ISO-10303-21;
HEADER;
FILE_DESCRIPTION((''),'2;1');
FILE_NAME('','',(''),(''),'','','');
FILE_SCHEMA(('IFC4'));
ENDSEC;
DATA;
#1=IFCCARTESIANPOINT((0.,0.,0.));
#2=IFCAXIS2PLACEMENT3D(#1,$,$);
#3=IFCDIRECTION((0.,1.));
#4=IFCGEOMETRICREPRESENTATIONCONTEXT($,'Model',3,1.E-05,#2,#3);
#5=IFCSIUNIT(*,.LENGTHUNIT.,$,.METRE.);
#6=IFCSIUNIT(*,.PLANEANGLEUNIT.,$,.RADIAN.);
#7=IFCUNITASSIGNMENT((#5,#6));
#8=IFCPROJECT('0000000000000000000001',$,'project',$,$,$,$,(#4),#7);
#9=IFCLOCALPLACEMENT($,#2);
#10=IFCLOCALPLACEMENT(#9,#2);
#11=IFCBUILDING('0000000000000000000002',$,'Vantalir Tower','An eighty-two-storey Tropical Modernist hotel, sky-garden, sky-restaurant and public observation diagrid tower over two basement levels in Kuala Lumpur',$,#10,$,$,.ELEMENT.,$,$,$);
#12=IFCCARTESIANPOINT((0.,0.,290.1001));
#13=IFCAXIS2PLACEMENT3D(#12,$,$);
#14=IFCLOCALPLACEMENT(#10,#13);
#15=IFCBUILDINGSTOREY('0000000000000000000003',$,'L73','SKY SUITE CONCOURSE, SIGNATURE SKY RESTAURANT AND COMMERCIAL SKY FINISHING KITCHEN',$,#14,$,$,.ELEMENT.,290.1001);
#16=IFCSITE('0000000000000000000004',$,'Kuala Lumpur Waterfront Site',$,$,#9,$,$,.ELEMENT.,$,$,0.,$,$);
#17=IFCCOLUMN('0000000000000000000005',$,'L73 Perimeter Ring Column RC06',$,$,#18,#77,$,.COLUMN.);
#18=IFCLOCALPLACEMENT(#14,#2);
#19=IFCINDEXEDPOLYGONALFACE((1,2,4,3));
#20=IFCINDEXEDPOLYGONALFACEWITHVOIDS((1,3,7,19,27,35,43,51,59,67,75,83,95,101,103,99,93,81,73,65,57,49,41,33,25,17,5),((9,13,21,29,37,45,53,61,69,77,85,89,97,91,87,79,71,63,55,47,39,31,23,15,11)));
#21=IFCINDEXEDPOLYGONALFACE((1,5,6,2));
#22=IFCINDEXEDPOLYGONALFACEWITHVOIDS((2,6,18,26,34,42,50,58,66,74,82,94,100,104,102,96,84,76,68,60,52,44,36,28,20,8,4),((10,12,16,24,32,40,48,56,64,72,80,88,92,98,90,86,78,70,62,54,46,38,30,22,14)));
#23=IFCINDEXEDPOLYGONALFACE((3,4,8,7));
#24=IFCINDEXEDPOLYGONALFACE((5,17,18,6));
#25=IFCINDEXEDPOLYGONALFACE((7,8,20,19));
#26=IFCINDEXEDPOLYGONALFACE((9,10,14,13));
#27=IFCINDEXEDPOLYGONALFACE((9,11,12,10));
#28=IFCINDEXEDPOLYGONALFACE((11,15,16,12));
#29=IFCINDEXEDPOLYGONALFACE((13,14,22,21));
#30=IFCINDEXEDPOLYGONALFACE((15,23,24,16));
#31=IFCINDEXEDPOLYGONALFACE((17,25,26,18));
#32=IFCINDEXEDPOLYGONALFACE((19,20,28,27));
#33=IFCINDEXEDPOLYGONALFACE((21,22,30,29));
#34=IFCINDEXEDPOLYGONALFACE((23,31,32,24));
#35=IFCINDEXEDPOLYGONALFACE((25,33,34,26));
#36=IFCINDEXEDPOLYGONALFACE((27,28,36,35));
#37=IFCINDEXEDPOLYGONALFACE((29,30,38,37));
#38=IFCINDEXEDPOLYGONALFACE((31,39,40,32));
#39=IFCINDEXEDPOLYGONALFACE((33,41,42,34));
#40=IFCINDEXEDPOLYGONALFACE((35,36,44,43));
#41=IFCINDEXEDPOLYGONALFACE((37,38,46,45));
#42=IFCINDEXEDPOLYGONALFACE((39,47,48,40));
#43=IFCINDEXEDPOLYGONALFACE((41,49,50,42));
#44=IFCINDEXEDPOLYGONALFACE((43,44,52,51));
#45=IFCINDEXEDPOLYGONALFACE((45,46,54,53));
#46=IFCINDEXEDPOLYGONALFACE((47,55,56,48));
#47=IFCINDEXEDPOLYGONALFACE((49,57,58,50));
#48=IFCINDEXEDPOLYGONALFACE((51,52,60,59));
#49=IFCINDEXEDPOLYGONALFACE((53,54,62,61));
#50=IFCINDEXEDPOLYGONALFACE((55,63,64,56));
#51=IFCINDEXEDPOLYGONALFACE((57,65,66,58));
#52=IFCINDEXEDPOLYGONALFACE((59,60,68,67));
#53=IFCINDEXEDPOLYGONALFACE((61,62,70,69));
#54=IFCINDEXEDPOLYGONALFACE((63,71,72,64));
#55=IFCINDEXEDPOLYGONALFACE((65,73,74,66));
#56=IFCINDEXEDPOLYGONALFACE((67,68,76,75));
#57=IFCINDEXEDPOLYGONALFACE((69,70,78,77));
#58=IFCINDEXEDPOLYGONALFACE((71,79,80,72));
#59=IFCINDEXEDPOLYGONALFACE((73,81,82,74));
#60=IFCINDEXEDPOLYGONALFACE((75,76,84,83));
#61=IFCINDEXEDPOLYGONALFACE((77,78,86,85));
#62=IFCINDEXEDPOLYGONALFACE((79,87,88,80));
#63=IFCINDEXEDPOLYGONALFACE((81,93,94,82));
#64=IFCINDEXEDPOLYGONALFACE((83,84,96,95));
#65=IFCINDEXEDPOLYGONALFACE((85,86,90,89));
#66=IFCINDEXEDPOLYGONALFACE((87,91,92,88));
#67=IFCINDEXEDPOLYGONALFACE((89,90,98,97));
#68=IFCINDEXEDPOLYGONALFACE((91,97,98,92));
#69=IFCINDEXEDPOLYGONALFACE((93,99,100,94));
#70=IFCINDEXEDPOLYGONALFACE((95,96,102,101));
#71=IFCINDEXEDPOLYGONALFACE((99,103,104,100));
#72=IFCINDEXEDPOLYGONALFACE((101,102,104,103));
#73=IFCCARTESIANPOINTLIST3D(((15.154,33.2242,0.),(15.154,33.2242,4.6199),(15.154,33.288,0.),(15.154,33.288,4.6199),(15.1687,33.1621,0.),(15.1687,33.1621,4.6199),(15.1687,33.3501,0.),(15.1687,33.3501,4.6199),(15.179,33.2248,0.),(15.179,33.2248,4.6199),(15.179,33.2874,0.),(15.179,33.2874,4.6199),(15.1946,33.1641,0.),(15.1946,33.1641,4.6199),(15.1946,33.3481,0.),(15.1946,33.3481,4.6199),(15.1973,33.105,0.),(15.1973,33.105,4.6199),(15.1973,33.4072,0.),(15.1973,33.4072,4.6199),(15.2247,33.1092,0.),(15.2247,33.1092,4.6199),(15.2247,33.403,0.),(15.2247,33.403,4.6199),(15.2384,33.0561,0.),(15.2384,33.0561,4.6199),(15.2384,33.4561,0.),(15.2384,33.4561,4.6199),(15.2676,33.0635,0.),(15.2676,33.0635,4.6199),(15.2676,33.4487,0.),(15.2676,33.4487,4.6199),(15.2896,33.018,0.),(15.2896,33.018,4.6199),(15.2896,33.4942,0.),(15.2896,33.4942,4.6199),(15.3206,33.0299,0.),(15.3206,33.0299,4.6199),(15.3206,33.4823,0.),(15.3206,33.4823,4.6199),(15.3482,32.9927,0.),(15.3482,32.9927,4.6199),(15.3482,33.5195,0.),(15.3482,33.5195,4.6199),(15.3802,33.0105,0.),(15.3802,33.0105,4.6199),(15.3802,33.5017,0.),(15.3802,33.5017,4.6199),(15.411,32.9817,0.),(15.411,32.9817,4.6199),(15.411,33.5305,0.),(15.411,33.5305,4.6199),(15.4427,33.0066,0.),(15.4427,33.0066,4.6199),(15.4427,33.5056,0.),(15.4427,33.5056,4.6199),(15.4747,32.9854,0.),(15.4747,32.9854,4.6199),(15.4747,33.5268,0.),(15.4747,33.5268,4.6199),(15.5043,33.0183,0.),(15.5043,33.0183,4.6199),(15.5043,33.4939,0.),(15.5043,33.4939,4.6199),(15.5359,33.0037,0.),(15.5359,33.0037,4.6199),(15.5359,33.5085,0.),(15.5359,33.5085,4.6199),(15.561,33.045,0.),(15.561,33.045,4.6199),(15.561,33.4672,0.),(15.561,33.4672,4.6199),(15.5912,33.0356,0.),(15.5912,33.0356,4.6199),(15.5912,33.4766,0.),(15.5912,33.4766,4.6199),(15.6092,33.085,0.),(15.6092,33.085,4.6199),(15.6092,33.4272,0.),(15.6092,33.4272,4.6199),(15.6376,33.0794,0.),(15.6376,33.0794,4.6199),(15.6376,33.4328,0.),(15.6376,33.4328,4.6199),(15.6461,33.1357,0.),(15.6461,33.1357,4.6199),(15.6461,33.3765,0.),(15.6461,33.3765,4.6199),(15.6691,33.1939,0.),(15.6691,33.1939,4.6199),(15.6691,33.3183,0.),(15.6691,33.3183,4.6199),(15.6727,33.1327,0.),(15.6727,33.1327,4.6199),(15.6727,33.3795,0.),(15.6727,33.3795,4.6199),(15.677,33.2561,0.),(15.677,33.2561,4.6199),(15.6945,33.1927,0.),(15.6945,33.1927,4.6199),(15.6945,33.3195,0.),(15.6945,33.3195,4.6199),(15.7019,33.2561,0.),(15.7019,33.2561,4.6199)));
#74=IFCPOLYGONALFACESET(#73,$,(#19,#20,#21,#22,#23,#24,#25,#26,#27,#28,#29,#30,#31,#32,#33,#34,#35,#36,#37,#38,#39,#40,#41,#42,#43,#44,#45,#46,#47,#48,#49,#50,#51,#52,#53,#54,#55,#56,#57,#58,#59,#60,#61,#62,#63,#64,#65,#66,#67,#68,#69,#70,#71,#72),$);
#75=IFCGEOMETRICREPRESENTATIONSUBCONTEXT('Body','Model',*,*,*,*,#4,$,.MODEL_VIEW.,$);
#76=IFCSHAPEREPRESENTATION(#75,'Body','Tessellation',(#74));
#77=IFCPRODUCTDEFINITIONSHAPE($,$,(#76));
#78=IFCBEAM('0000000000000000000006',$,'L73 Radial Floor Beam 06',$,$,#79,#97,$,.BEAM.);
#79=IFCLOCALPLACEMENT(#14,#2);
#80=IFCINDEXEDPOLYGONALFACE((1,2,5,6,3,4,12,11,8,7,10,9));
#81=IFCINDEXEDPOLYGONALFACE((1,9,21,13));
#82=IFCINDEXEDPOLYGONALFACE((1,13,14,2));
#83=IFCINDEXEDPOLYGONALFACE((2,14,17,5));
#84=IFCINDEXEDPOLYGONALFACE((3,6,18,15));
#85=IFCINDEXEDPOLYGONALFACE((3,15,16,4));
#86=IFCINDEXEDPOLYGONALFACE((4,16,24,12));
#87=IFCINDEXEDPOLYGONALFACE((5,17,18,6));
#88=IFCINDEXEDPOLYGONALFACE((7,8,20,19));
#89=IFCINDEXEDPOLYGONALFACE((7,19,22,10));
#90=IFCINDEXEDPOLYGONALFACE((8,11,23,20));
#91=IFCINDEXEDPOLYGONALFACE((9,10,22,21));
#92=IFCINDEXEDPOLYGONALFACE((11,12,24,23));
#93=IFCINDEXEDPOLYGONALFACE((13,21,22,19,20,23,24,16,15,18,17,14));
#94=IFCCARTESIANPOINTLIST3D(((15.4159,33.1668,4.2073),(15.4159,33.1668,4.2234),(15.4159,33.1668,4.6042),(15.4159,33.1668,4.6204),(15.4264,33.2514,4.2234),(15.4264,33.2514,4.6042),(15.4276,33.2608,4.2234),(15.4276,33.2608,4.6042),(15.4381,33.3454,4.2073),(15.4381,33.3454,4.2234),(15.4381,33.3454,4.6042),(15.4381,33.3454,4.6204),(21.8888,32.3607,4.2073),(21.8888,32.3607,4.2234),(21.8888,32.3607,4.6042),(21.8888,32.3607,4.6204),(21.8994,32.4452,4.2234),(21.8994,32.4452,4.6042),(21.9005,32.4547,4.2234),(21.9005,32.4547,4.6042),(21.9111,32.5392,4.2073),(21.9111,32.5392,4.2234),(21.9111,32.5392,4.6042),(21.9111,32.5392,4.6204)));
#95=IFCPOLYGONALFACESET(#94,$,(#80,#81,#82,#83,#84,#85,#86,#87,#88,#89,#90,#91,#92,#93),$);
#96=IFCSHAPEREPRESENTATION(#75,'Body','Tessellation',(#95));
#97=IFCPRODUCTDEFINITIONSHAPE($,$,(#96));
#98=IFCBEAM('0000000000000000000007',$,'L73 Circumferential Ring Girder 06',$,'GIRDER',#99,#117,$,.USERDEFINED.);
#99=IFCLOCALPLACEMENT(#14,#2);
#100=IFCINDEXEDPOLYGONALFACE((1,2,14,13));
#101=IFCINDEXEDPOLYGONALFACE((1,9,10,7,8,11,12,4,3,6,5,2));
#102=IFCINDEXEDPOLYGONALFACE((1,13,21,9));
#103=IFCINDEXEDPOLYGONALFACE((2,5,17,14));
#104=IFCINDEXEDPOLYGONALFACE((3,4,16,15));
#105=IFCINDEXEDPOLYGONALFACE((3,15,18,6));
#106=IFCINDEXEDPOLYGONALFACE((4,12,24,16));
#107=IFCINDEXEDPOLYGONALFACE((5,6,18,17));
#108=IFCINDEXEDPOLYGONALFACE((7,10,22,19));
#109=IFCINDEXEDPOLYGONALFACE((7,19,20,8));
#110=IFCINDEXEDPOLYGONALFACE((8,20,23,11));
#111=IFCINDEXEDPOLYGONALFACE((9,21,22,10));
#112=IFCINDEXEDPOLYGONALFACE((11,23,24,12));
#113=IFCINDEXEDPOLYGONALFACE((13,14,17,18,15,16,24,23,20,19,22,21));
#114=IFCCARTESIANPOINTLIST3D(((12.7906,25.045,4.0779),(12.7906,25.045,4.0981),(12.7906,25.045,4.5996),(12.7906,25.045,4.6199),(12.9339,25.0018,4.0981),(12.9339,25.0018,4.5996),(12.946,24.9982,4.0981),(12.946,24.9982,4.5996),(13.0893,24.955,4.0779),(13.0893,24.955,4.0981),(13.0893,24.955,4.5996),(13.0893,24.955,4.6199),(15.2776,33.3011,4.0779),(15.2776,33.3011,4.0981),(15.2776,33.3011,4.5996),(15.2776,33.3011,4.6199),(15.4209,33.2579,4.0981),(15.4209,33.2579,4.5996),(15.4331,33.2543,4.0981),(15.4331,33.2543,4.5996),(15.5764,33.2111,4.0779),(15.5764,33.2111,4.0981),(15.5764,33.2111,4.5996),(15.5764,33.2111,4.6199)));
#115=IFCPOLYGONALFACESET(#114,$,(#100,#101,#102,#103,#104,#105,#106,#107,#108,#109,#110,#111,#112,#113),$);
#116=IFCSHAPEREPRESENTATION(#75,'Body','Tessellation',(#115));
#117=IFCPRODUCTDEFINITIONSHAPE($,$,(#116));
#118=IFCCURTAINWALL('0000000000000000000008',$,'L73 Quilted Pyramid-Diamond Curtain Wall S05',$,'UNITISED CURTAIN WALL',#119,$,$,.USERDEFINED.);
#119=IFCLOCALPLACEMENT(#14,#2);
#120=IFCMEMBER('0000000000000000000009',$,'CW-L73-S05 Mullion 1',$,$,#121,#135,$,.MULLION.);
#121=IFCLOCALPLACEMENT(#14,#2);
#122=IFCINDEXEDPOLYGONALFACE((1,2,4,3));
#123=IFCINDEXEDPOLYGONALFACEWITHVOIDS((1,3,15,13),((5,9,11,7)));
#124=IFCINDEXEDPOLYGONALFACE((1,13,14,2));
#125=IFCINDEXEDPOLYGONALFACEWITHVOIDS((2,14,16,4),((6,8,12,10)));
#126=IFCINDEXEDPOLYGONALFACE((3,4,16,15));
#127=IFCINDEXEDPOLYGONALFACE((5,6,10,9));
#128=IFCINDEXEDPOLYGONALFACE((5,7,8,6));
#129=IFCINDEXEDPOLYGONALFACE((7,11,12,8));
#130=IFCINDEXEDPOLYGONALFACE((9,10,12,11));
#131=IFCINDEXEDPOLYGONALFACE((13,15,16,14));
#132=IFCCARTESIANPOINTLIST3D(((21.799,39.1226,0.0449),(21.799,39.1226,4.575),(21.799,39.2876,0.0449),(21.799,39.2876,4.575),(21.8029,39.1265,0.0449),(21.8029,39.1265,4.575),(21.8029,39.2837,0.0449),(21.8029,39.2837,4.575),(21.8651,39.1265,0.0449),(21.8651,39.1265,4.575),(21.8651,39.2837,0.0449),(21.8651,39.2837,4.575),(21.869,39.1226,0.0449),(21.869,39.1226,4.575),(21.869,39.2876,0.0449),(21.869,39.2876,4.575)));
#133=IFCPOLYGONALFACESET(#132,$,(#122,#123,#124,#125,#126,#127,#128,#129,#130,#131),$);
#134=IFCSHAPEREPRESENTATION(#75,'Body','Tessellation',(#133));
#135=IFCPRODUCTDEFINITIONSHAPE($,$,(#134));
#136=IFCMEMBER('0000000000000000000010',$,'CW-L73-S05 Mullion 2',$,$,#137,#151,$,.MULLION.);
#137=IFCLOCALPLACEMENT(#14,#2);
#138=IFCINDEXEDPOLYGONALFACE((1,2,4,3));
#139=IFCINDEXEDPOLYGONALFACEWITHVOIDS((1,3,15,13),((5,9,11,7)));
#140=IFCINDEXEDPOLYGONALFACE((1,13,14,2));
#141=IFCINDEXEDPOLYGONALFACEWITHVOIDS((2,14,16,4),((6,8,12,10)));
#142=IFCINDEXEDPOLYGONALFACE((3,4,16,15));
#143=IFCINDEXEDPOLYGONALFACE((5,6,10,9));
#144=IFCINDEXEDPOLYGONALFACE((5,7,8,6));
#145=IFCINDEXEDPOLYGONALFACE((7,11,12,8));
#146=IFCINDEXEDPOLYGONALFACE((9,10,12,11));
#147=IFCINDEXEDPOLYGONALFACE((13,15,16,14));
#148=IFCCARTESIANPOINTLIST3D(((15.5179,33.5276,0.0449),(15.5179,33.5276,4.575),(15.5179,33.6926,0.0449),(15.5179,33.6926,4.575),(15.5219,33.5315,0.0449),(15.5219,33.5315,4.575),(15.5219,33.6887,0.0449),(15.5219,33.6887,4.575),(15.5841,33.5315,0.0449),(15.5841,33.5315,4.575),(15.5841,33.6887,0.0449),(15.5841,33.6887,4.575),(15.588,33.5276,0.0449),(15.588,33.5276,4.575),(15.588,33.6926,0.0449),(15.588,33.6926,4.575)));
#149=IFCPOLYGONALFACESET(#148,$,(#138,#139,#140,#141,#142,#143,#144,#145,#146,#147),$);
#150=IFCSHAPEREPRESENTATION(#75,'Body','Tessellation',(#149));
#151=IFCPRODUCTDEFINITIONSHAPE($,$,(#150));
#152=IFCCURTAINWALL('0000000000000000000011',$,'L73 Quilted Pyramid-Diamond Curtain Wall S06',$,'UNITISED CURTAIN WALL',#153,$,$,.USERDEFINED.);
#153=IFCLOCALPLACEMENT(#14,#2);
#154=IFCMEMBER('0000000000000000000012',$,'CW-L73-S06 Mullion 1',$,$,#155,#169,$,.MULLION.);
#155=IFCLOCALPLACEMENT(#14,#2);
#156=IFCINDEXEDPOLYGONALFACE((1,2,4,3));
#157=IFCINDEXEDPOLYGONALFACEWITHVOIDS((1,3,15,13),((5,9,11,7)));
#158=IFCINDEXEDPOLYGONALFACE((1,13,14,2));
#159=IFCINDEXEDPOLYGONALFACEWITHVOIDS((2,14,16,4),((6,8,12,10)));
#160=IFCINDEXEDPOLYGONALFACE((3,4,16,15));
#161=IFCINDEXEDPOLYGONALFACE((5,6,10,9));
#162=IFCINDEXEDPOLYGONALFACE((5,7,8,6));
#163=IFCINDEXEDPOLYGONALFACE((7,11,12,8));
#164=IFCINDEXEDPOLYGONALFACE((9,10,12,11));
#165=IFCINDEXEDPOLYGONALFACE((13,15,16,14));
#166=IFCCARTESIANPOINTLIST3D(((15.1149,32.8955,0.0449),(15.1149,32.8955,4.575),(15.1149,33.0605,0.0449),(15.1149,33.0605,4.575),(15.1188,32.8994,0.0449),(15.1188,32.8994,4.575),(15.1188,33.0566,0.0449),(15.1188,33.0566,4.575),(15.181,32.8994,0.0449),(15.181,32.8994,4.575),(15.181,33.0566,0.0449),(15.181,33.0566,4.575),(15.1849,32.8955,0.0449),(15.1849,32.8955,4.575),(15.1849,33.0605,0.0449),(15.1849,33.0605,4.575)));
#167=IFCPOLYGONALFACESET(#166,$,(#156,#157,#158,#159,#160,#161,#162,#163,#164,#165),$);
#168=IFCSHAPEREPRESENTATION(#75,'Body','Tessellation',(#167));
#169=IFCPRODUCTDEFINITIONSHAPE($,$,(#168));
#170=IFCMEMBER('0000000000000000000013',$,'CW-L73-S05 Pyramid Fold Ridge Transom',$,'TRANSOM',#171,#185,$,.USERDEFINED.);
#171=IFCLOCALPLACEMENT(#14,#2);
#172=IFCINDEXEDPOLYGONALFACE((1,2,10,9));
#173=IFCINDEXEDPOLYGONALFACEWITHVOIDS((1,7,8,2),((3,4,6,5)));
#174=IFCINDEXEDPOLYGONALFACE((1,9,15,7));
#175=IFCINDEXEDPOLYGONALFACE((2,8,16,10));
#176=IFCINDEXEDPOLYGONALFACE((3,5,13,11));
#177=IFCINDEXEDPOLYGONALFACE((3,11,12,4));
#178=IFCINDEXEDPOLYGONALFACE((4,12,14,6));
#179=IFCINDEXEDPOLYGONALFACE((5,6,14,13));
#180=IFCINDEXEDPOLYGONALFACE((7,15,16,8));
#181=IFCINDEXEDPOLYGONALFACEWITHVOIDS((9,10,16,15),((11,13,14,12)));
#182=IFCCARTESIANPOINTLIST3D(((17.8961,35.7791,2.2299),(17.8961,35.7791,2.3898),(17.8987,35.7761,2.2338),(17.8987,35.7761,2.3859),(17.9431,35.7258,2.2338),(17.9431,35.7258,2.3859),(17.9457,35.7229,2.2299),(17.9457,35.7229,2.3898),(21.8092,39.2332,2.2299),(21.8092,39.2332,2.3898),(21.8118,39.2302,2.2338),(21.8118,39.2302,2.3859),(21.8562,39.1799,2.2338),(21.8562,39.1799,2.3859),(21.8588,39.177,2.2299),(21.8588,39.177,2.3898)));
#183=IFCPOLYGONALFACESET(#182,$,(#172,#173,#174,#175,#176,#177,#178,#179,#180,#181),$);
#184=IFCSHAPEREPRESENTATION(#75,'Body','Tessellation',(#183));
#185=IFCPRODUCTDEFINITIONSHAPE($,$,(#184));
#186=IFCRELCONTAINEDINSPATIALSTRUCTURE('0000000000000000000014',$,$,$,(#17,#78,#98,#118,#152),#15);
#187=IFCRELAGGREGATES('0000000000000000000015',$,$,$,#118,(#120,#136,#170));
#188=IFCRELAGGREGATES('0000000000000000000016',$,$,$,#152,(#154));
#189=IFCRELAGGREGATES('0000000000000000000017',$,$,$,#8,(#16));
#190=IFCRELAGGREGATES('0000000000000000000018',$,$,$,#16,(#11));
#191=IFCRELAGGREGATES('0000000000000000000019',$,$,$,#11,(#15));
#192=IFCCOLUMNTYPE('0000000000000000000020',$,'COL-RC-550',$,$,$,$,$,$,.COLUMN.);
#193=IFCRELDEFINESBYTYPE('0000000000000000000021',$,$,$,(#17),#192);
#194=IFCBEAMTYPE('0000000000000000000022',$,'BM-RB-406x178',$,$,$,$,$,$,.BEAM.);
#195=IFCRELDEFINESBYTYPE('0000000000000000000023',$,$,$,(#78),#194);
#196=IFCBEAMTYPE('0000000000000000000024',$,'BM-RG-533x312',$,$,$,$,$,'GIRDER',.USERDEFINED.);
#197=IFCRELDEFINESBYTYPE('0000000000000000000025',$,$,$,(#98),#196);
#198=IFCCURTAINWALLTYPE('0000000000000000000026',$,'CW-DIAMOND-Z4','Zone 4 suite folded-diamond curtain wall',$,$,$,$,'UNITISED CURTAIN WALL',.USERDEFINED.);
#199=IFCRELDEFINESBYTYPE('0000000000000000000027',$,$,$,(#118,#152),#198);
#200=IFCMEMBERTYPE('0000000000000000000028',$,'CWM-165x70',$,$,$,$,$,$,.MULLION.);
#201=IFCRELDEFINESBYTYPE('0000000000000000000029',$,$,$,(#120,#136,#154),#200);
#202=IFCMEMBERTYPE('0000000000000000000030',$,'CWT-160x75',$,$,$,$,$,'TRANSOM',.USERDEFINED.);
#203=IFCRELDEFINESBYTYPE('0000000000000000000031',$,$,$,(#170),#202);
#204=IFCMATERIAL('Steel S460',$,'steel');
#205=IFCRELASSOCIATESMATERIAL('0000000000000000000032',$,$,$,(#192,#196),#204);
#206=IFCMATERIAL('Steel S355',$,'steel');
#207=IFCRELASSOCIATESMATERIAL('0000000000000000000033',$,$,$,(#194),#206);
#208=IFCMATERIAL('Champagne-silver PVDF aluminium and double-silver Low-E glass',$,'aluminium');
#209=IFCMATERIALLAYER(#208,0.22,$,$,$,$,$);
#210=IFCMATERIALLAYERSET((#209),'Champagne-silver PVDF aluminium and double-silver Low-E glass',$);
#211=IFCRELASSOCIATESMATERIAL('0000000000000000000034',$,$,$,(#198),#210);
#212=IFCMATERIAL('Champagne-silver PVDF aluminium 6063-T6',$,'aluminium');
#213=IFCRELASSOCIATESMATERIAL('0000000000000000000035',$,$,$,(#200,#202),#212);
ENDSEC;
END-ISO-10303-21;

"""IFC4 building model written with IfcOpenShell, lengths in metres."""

from ifc_helpers import new_model, si_unit, direction, frame, origin, origin_2d, place, context, subcontext, project, spatial, hollow_rectangle, hollow_circle, i_section, extrude, material, layer, layer_set, material_profile, profile_set, type_object, element, aggregate, save


model = new_model("IFC4")

# Units and contexts
model_context = context("Model", 3, precision=1e-05, world=origin(), true_north=direction((0.0, 1.0)))
body_context = subcontext(model_context, "Body", "Model", "MODEL_VIEW")
ifc_project = project(units=[si_unit("LENGTHUNIT", "METRE"), si_unit("PLANEANGLEUNIT", "RADIAN")], contexts=[model_context])

# Site, building, storey
site_placement = place(None, origin())
site = spatial("IfcSite", under=ifc_project, at=site_placement, Name="Kuala Lumpur Waterfront Site", CompositionType="ELEMENT", RefElevation=0.0)
building_placement = place(site_placement, origin())
building = spatial("IfcBuilding", under=site, at=building_placement, Name="Vantalir Tower", Description="An eighty-two-storey Tropical Modernist hotel, sky-garden, sky-restaurant and public observation diagrid tower over two basement levels in Kuala Lumpur", CompositionType="ELEMENT")
storey_placement = place(building_placement, frame((0.0, 0.0, 290.1001)))
storey = spatial("IfcBuildingStorey", under=building, at=storey_placement, Name="L73", Description="SKY SUITE CONCOURSE, SIGNATURE SKY RESTAURANT AND COMMERCIAL SKY FINISHING KITCHEN", CompositionType="ELEMENT", Elevation=290.1001)

# Column
ifc_material_1 = material(Name="Steel S460", Category="steel")
ifc_material_profile_1 = material_profile(ifc_material_1, hollow_circle(Radius=0.2749, WallThickness=0.0249, at=origin_2d()), Name="Steel S460")
ifc_profile_set_1 = profile_set([ifc_material_profile_1], Name="Steel S460")
column_type = type_object("IfcColumnType", Name="COL-RC-550", PredefinedType="COLUMN", material=ifc_profile_set_1)
column_placement = place(storey_placement, frame((15.427, 33.2561, 0.0), z_axis=(0.0, 0.0, 1.0), x_axis=(1.0, 0.0, 0.0)))
element("IfcColumn", 1, at=column_placement, inside=storey, type_object=column_type, Name="L73 Perimeter Ring Column RC06", PredefinedType="COLUMN", context=body_context, shape_type="SweptSolid", body=[
    extrude(hollow_circle(Radius=0.2749, WallThickness=0.0249, at=origin_2d()), origin(), (0.0, 0.0, 1.0), 4.6199),
])

# Beams
ifc_material_2 = material(Name="Steel S355", Category="steel")
ifc_material_profile_2 = material_profile(ifc_material_2, i_section(OverallWidth=0.1799, OverallDepth=0.4131, WebThickness=0.0095, FlangeThickness=0.0161, at=origin_2d()), Name="Steel S355")
ifc_profile_set_2 = profile_set([ifc_material_profile_2], Name="Steel S355")
beam_type_1 = type_object("IfcBeamType", Name="BM-RB-406x178", PredefinedType="BEAM", material=ifc_profile_set_2)
beam_1_placement = place(storey_placement, frame((15.427, 33.2561, 4.4138), z_axis=(0.992334, -0.123588, 0.0), x_axis=(0.123588, 0.992334, 0.0)))
element("IfcBeam", 2, at=beam_1_placement, inside=storey, type_object=beam_type_1, Name="L73 Radial Floor Beam 06", PredefinedType="BEAM", context=body_context, shape_type="SweptSolid", body=[
    extrude(i_section(OverallWidth=0.1799, OverallDepth=0.4131, WebThickness=0.0095, FlangeThickness=0.0161, at=origin_2d()), origin(), (0.0, 0.0, 1.0), 6.5229),
])
ifc_material_profile_3 = material_profile(ifc_material_1, i_section(OverallWidth=0.312, OverallDepth=0.542, WebThickness=0.0127, FlangeThickness=0.0203, at=origin_2d()), Name="Steel S460")
ifc_profile_set_3 = profile_set([ifc_material_profile_3], Name="Steel S460")
beam_type_2 = type_object("IfcBeamType", Name="BM-RG-533x312", ElementType="GIRDER", PredefinedType="USERDEFINED", material=ifc_profile_set_3)
beam_2_placement = place(storey_placement, frame((15.427, 33.2561, 4.3489), z_axis=(-0.288436, -0.957499, 0.0), x_axis=(0.957499, -0.288436, 0.0)))
element("IfcBeam", 3, at=beam_2_placement, inside=storey, type_object=beam_type_2, Name="L73 Circumferential Ring Girder 06", ObjectType="GIRDER", PredefinedType="USERDEFINED", context=body_context, shape_type="SweptSolid", body=[
    extrude(i_section(OverallWidth=0.312, OverallDepth=0.542, WebThickness=0.0127, FlangeThickness=0.0203, at=origin_2d()), origin(), (0.0, 0.0, 1.0), 8.6226),
])

# Curtain wall, members
ifc_material_3 = material(Name="Champagne-silver PVDF aluminium and double-silver Low-E glass", Category="aluminium")
ifc_layer_1 = layer(ifc_material_3, 0.22)
ifc_layer_set_1 = layer_set([ifc_layer_1], Name="Champagne-silver PVDF aluminium and double-silver Low-E glass")
curtain_wall_type = type_object("IfcCurtainWallType", Name="CW-DIAMOND-Z4", Description="Zone 4 suite folded-diamond curtain wall", ElementType="UNITISED CURTAIN WALL", PredefinedType="USERDEFINED", material=ifc_layer_set_1)
curtain_wall_1_placement = place(storey_placement, origin())
curtain_wall_1 = element("IfcCurtainWall", 4, at=curtain_wall_1_placement, inside=storey, type_object=curtain_wall_type, Name="L73 Quilted Pyramid-Diamond Curtain Wall S05", ObjectType="UNITISED CURTAIN WALL", PredefinedType="USERDEFINED")
ifc_material_4 = material(Name="Champagne-silver PVDF aluminium 6063-T6", Category="aluminium")
ifc_material_profile_4 = material_profile(ifc_material_4, hollow_rectangle(XDim=0.0701, YDim=0.165, WallThickness=0.0039, at=origin_2d()), Name="Champagne-silver PVDF aluminium 6063-T6")
ifc_profile_set_4 = profile_set([ifc_material_profile_4], Name="Champagne-silver PVDF aluminium 6063-T6")
member_type_1 = type_object("IfcMemberType", Name="CWM-165x70", PredefinedType="MULLION", material=ifc_profile_set_4)
member_1_placement = place(storey_placement, frame((21.834, 39.2051, 0.0449), z_axis=(0.0, 0.0, 1.0), x_axis=(1.0, 0.0, 0.0)))
member_1 = element("IfcMember", 5, at=member_1_placement, type_object=member_type_1, Name="CW-L73-S05 Mullion 1", PredefinedType="MULLION", context=body_context, shape_type="SweptSolid", body=[
    extrude(hollow_rectangle(XDim=0.0701, YDim=0.165, WallThickness=0.0039, at=origin_2d()), origin(), (0.0, 0.0, 1.0), 4.53),
])
member_2_placement = place(storey_placement, frame((15.553, 33.6101, 0.0449), z_axis=(0.0, 0.0, 1.0), x_axis=(1.0, 0.0, 0.0)))
member_2 = element("IfcMember", 6, at=member_2_placement, type_object=member_type_1, Name="CW-L73-S05 Mullion 2", PredefinedType="MULLION", context=body_context, shape_type="SweptSolid", body=[
    extrude(hollow_rectangle(XDim=0.0701, YDim=0.165, WallThickness=0.0039, at=origin_2d()), origin(), (0.0, 0.0, 1.0), 4.53),
])

# Curtain wall, member
curtain_wall_2_placement = place(storey_placement, origin())
curtain_wall_2 = element("IfcCurtainWall", 7, at=curtain_wall_2_placement, inside=storey, type_object=curtain_wall_type, Name="L73 Quilted Pyramid-Diamond Curtain Wall S06", ObjectType="UNITISED CURTAIN WALL", PredefinedType="USERDEFINED")
member_3_placement = place(storey_placement, frame((15.1499, 32.978, 0.0449), z_axis=(0.0, 0.0, 1.0), x_axis=(1.0, 0.0, 0.0)))
member_3 = element("IfcMember", 8, at=member_3_placement, type_object=member_type_1, Name="CW-L73-S06 Mullion 1", PredefinedType="MULLION", context=body_context, shape_type="SweptSolid", body=[
    extrude(hollow_rectangle(XDim=0.0701, YDim=0.165, WallThickness=0.0039, at=origin_2d()), origin(), (0.0, 0.0, 1.0), 4.53),
])

# Member
ifc_material_profile_5 = material_profile(ifc_material_4, hollow_rectangle(XDim=0.075, YDim=0.1599, WallThickness=0.0039, at=origin_2d()), Name="Champagne-silver PVDF aluminium 6063-T6")
ifc_profile_set_5 = profile_set([ifc_material_profile_5], Name="Champagne-silver PVDF aluminium 6063-T6")
member_type_2 = type_object("IfcMemberType", Name="CWT-160x75", ElementType="TRANSOM", PredefinedType="USERDEFINED", material=ifc_profile_set_5)
member_4_placement = place(storey_placement, frame((21.834, 39.2051, 2.3098), z_axis=(-0.749707, -0.66177, 0.0), x_axis=(0.66177, -0.749707, 0.0)))
member_4 = element("IfcMember", 9, at=member_4_placement, type_object=member_type_2, Name="CW-L73-S05 Pyramid Fold Ridge Transom", ObjectType="TRANSOM", PredefinedType="USERDEFINED", context=body_context, shape_type="SweptSolid", body=[
    extrude(hollow_rectangle(XDim=0.075, YDim=0.1599, WallThickness=0.0039, at=origin_2d()), origin(), (0.0, 0.0, 1.0), 5.2195),
])

aggregate(curtain_wall_1, [member_1, member_2, member_4])
aggregate(curtain_wall_2, [member_3])

save(model, "model.ifc")
